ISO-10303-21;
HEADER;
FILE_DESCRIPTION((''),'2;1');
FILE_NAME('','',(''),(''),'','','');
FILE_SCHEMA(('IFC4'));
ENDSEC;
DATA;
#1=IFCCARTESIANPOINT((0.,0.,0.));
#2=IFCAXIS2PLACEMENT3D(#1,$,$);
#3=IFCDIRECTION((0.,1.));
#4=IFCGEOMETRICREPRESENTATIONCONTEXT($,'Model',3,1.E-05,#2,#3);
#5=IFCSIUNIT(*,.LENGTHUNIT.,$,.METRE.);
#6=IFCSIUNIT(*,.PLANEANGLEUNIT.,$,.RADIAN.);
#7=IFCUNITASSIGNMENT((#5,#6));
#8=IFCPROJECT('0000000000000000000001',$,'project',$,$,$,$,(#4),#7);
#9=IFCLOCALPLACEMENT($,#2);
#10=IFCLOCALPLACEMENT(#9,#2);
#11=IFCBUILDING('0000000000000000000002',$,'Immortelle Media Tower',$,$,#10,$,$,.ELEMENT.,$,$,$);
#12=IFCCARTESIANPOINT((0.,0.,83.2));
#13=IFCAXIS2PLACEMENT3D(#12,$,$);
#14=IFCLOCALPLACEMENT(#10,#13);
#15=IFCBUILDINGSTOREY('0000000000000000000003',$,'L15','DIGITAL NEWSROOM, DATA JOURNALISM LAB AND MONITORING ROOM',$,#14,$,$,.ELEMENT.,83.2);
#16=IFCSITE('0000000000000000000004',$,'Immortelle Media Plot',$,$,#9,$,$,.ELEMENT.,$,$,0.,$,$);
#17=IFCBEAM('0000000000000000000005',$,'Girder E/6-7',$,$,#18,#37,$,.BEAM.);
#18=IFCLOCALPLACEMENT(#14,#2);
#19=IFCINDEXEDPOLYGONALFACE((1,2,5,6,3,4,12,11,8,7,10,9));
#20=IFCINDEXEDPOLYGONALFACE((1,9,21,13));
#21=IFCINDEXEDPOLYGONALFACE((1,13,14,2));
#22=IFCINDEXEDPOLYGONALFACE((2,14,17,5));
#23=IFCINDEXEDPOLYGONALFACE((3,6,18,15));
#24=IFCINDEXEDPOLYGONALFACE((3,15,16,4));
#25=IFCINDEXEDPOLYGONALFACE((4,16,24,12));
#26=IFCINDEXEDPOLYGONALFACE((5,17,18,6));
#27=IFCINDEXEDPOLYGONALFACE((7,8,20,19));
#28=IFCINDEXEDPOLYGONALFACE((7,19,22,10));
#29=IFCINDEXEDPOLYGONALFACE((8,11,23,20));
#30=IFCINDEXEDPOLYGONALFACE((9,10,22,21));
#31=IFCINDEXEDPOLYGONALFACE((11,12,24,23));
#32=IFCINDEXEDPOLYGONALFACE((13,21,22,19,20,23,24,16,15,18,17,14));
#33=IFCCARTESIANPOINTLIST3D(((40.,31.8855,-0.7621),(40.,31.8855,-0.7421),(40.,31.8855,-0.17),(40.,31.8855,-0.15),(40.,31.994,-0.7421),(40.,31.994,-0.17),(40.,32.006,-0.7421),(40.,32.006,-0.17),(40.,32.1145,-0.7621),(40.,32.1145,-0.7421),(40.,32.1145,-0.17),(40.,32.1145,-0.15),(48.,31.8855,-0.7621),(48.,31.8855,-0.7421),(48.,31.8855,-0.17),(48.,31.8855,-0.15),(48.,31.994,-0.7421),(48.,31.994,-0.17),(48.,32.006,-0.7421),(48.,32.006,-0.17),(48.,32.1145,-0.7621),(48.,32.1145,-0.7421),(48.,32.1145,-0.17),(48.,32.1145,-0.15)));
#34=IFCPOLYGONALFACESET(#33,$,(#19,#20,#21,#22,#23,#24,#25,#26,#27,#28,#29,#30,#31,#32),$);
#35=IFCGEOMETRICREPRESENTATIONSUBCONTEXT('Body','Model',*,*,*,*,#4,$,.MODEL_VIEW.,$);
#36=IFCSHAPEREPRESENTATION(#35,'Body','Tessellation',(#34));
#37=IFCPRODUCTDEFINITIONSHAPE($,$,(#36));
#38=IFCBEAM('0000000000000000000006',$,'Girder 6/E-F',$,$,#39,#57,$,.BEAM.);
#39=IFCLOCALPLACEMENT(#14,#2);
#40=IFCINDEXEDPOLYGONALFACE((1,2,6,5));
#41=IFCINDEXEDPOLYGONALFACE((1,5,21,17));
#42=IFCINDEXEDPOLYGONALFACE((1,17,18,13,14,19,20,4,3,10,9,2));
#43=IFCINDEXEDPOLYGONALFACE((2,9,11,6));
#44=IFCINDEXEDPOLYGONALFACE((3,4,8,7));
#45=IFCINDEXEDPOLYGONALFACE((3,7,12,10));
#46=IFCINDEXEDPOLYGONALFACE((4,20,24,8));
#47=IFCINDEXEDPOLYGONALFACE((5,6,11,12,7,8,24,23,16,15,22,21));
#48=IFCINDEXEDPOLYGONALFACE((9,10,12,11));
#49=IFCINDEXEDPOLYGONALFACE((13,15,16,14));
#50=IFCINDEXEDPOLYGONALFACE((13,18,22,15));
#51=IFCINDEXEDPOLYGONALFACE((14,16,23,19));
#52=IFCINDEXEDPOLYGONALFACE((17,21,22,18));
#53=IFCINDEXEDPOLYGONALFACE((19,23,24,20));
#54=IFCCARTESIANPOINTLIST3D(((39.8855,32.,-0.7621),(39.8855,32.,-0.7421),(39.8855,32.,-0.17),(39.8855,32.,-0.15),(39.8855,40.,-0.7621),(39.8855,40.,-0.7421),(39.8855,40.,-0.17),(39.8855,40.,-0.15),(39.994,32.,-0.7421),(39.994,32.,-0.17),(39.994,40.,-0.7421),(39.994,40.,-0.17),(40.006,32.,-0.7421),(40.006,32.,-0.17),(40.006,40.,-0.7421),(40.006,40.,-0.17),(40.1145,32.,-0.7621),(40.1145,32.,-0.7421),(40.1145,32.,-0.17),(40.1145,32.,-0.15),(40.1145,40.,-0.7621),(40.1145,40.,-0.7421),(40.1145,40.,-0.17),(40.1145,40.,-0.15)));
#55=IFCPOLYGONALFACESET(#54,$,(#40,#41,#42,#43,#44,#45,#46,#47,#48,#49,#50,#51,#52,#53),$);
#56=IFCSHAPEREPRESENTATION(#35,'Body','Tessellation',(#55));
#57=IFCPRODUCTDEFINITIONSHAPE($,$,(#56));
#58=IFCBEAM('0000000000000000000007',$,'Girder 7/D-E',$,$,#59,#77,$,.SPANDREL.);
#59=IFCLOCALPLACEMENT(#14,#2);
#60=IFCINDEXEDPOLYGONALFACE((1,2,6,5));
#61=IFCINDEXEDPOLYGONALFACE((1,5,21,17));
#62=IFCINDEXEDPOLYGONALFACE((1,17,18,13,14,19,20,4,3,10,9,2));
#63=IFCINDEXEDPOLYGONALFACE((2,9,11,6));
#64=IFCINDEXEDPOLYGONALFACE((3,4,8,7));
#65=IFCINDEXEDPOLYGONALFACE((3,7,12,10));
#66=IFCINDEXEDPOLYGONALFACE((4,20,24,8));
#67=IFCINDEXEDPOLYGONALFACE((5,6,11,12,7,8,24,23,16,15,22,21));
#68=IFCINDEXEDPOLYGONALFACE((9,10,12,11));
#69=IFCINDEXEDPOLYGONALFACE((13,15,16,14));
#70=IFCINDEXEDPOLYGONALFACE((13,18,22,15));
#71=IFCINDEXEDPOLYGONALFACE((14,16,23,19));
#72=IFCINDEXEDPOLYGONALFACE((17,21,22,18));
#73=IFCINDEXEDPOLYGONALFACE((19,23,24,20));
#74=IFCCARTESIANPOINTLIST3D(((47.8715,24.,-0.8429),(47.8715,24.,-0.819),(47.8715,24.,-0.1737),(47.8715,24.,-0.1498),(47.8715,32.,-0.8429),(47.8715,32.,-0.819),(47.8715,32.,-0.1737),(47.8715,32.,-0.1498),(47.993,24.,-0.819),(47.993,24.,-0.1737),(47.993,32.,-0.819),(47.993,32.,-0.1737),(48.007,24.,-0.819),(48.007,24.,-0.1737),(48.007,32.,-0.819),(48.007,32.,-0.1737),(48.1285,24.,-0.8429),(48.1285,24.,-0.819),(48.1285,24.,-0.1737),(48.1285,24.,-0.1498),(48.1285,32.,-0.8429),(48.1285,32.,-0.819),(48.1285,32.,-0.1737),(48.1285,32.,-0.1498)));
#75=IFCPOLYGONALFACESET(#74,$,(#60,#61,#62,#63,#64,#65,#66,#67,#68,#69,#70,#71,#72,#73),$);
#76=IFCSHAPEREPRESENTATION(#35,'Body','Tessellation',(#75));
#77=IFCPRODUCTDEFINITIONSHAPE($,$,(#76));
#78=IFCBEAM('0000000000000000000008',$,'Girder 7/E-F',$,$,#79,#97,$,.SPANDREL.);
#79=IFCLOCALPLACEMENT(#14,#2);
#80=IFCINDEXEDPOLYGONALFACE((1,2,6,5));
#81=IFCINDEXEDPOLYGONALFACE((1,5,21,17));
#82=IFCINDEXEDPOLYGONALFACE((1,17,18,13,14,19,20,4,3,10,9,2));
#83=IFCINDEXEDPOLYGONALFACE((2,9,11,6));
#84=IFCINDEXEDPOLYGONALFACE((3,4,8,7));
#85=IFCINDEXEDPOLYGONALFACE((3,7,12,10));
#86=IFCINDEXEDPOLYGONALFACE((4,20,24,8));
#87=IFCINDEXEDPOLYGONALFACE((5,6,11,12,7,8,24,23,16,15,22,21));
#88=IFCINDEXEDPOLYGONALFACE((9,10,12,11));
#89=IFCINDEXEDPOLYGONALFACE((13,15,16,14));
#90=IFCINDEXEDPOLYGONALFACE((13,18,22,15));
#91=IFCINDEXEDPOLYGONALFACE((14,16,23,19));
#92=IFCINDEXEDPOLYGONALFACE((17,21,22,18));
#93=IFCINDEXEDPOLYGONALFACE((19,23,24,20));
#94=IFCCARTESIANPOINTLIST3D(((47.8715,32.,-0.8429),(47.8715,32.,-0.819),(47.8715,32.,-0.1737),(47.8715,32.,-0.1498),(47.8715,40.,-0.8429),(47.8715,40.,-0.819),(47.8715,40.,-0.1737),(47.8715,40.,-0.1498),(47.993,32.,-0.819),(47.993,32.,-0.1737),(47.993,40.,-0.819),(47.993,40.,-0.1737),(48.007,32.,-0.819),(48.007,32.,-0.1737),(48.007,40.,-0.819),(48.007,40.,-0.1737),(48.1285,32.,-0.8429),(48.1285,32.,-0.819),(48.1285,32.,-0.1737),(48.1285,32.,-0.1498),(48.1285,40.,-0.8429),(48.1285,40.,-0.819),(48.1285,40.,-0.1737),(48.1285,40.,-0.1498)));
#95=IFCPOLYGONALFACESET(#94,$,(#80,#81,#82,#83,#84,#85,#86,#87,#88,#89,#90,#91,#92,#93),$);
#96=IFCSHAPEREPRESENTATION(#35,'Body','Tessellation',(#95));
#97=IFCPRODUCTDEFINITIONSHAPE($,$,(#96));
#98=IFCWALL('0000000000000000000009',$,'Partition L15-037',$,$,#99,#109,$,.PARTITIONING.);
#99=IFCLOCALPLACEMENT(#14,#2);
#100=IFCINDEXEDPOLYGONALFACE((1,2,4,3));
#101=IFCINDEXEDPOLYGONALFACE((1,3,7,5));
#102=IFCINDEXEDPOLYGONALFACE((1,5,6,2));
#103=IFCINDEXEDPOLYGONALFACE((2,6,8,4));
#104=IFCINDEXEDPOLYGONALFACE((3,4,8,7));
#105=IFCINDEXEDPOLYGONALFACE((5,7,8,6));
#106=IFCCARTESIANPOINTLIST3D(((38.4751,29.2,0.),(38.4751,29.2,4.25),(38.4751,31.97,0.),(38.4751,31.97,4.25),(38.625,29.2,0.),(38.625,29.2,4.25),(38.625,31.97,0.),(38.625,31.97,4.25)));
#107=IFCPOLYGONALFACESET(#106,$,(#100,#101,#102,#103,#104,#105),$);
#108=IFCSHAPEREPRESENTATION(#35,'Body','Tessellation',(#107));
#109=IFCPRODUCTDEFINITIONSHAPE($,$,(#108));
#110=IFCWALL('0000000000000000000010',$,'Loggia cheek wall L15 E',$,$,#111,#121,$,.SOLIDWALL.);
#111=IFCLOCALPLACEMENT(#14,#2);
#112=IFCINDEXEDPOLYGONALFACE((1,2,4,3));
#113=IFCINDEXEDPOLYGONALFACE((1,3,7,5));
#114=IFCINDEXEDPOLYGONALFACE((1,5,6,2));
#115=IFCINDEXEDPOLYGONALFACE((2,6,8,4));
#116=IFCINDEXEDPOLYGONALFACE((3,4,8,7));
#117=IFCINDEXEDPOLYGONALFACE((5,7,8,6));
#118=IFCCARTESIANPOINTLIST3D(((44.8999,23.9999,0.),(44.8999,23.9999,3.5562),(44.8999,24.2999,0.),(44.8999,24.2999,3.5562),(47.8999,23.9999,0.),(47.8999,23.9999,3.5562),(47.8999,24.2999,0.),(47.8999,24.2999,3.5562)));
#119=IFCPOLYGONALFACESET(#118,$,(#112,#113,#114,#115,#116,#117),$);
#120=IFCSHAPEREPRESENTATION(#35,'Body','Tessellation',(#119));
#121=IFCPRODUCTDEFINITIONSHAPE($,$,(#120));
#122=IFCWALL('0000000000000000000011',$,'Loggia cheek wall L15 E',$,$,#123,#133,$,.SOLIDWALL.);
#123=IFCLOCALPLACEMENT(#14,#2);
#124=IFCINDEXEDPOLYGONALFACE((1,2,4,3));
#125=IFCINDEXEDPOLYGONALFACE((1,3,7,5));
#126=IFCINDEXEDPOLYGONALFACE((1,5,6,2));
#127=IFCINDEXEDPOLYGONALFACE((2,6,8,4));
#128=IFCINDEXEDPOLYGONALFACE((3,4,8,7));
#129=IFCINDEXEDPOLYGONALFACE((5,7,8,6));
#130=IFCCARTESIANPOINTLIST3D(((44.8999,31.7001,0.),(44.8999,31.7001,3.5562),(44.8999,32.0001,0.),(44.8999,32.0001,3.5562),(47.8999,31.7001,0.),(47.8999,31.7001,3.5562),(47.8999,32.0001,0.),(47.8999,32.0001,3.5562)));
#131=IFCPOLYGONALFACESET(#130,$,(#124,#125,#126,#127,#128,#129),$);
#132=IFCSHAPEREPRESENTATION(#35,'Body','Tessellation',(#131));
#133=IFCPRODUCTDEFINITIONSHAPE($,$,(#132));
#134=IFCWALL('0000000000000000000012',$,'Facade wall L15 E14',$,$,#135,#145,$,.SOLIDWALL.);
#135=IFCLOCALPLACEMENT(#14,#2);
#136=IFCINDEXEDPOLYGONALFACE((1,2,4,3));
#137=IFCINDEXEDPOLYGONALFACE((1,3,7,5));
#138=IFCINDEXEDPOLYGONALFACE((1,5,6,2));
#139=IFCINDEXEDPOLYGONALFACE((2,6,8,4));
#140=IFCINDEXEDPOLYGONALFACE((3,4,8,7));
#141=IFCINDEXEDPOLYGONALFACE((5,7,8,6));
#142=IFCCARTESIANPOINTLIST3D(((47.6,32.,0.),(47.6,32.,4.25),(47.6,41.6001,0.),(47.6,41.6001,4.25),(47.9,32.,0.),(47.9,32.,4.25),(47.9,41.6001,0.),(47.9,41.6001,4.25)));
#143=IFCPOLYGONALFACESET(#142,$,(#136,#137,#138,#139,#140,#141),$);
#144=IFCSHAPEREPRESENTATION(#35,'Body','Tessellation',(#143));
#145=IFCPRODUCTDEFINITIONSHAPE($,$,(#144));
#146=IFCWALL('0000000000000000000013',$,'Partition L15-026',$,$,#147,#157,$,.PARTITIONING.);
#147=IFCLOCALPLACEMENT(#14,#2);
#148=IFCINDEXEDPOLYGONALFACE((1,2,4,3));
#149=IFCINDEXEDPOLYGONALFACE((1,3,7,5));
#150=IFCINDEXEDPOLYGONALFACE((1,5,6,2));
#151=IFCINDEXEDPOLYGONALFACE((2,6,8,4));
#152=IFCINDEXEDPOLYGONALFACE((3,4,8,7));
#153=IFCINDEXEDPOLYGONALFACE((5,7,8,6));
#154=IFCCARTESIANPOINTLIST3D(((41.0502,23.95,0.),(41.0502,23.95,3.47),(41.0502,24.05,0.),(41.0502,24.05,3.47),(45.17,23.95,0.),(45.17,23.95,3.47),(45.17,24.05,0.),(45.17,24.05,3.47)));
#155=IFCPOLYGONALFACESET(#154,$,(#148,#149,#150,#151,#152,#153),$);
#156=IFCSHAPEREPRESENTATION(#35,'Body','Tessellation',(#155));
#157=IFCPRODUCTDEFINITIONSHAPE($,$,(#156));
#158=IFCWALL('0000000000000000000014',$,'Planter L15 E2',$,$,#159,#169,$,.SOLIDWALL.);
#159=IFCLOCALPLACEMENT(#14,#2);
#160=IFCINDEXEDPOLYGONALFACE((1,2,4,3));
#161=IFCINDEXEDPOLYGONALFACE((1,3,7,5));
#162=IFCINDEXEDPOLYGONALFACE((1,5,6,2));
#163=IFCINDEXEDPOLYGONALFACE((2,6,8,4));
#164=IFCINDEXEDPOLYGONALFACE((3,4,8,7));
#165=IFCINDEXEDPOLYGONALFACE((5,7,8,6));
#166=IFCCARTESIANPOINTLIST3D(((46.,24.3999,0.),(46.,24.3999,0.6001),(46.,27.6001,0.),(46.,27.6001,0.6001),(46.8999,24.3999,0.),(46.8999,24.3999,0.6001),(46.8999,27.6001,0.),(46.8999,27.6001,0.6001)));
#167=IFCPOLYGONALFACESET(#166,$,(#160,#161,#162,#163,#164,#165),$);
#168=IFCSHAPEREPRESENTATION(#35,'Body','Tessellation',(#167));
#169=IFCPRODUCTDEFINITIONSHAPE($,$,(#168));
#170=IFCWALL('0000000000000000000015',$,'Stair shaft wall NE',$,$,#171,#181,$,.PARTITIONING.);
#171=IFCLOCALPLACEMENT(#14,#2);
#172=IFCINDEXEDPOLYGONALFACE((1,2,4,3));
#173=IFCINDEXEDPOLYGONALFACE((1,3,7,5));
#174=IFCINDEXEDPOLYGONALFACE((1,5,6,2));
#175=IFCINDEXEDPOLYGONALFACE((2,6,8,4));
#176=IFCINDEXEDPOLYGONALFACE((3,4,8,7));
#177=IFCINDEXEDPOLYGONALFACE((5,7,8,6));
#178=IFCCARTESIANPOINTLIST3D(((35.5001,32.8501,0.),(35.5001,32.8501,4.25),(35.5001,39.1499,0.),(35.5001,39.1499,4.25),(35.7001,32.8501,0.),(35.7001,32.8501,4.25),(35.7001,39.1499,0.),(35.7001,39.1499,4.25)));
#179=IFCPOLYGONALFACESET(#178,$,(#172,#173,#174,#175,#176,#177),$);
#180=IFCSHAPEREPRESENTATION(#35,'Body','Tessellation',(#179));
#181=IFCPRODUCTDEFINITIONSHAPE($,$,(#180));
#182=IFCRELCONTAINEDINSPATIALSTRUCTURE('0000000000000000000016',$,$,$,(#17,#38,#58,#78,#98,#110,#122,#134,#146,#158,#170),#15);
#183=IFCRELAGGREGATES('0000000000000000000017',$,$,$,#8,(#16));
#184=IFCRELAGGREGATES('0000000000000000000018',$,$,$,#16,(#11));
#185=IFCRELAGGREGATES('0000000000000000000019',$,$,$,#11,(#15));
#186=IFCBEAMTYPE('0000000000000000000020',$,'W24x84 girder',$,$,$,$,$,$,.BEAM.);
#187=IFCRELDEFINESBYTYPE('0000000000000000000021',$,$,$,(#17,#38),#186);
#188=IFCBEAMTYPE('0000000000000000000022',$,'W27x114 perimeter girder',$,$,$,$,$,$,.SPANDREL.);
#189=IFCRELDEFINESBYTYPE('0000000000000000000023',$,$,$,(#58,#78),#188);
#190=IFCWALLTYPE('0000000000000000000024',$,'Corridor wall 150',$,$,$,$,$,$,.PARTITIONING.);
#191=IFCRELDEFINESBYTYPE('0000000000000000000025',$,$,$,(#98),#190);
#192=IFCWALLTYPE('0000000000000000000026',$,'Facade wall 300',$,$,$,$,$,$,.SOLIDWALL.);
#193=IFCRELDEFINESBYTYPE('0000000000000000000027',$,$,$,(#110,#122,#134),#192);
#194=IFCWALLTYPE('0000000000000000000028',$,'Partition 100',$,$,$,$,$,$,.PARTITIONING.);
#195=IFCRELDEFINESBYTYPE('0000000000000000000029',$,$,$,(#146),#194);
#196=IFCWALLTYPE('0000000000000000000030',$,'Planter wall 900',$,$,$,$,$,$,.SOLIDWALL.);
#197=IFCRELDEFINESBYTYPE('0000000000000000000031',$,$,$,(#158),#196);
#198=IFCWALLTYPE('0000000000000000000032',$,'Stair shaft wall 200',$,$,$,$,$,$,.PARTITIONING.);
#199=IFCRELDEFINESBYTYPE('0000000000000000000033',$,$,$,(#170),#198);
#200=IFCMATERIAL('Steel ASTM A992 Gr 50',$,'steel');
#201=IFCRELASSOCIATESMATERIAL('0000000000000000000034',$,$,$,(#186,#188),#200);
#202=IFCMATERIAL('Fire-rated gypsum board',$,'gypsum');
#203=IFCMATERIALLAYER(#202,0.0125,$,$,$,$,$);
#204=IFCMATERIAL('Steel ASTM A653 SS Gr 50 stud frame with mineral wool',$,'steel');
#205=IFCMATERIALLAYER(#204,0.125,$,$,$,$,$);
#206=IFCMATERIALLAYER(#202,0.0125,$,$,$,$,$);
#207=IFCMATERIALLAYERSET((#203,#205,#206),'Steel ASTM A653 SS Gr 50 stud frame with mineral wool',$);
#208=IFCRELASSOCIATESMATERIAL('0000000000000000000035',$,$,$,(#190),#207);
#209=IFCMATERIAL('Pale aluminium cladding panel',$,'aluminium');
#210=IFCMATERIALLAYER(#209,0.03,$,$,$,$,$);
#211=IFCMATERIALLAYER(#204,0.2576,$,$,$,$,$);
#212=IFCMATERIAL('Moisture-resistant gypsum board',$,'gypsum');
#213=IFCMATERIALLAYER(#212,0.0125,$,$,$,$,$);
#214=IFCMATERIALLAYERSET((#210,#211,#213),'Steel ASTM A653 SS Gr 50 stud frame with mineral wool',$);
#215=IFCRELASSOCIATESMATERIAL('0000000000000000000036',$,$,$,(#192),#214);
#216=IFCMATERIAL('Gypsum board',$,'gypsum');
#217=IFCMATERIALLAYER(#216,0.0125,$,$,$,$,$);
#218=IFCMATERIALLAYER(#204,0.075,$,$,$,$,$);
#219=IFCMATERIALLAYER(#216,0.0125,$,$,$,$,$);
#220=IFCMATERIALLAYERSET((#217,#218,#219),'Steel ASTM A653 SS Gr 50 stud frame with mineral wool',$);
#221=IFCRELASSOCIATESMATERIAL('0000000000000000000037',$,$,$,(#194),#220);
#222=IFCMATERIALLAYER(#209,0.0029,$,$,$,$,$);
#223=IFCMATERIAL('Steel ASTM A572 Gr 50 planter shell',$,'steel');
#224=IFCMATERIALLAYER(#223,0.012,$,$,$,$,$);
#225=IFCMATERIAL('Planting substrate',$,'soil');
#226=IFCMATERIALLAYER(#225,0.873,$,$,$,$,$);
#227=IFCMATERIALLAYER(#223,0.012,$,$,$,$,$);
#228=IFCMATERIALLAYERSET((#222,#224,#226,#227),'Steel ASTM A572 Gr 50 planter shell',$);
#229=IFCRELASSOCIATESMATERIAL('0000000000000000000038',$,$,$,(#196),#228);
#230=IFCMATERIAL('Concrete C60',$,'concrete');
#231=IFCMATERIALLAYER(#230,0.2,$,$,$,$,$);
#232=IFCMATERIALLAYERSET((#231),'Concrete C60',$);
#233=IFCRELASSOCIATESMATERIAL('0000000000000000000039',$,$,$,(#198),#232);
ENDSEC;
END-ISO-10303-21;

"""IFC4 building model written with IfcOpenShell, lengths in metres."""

from ifc_helpers import new_model, si_unit, direction, frame, frame_2d, origin, origin_2d, place, context, subcontext, project, spatial, rectangle, i_section, extrude, material, layer, layer_set, material_profile, profile_set, type_object, element, save


model = new_model("IFC4")

# Units and contexts
model_context = context("Model", 3, precision=1e-05, world=origin(), true_north=direction((0.0, 1.0)))
body_context = subcontext(model_context, "Body", "Model", "MODEL_VIEW")
ifc_project = project(units=[si_unit("LENGTHUNIT", "METRE"), si_unit("PLANEANGLEUNIT", "RADIAN")], contexts=[model_context])

# Site, building, storey
site_placement = place(None, origin())
site = spatial("IfcSite", under=ifc_project, at=site_placement, Name="Immortelle Media Plot", CompositionType="ELEMENT", RefElevation=0.0)
building_placement = place(site_placement, origin())
building = spatial("IfcBuilding", under=site, at=building_placement, Name="Immortelle Media Tower", CompositionType="ELEMENT")
storey_placement = place(building_placement, frame((0.0, 0.0, 83.2)))
storey = spatial("IfcBuildingStorey", under=building, at=storey_placement, Name="L15", Description="DIGITAL NEWSROOM, DATA JOURNALISM LAB AND MONITORING ROOM", CompositionType="ELEMENT", Elevation=83.2)

# Shared definitions
ifc_material_1 = material(Name="Steel ASTM A992 Gr 50", Category="steel")

# Beams
ifc_material_profile_1 = material_profile(ifc_material_1, i_section(OverallWidth=0.229, OverallDepth=0.6121, WebThickness=0.012, FlangeThickness=0.02, at=origin_2d()), Name="W24x84")
ifc_profile_set_1 = profile_set([ifc_material_profile_1], Name="Steel ASTM A992 Gr 50")
beam_type_1 = type_object("IfcBeamType", Name="W24x84 girder", PredefinedType="BEAM", material=ifc_profile_set_1)
for number, where, z_axis, x_axis, name in (
    (1, (40.0, 32.0, -0.4561), (1.0, 0.0, 0.0), (0.0, 1.0, 0.0), "Girder E/6-7"),
    (2, (40.0, 32.0, -0.4561), (0.0, 1.0, 0.0), (-1.0, 0.0, 0.0), "Girder 6/E-F"),
):
    element("IfcBeam", number, at=place(storey_placement, frame(where, z_axis=z_axis, x_axis=x_axis)), inside=storey, type_object=beam_type_1, Name=name, PredefinedType="BEAM", context=body_context, shape_type="SweptSolid", body=[
        extrude(i_section(OverallWidth=0.229, OverallDepth=0.6121, WebThickness=0.012, FlangeThickness=0.02, at=origin_2d()), origin(), (0.0, 0.0, 1.0), 8.0),
    ])
ifc_material_profile_2 = material_profile(ifc_material_1, i_section(OverallWidth=0.2571, OverallDepth=0.6931, WebThickness=0.0139, FlangeThickness=0.0239, at=origin_2d()), Name="W27x114")
ifc_profile_set_2 = profile_set([ifc_material_profile_2], Name="Steel ASTM A992 Gr 50")
beam_type_2 = type_object("IfcBeamType", Name="W27x114 perimeter girder", PredefinedType="SPANDREL", material=ifc_profile_set_2)
for number, where, z_axis, x_axis, name in (
    (3, (48.0, 24.0, -0.4963), (0.0, 1.0, 0.0), (-1.0, 0.0, 0.0), "Girder 7/D-E"),
    (4, (48.0, 32.0, -0.4963), (0.0, 1.0, 0.0), (-1.0, 0.0, 0.0), "Girder 7/E-F"),
):
    element("IfcBeam", number, at=place(storey_placement, frame(where, z_axis=z_axis, x_axis=x_axis)), inside=storey, type_object=beam_type_2, Name=name, PredefinedType="SPANDREL", context=body_context, shape_type="SweptSolid", body=[
        extrude(i_section(OverallWidth=0.2571, OverallDepth=0.6931, WebThickness=0.0139, FlangeThickness=0.0239, at=origin_2d()), origin(), (0.0, 0.0, 1.0), 8.0),
    ])

# Wall
ifc_material_2 = material(Name="Fire-rated gypsum board", Category="gypsum")
ifc_layer_1 = layer(ifc_material_2, 0.0125)
ifc_material_3 = material(Name="Steel ASTM A653 SS Gr 50 stud frame with mineral wool", Category="steel")
ifc_layer_2 = layer(ifc_material_3, 0.125)
ifc_layer_3 = layer(ifc_material_2, 0.0125)
ifc_layer_set_1 = layer_set([ifc_layer_1, ifc_layer_2, ifc_layer_3], Name="Steel ASTM A653 SS Gr 50 stud frame with mineral wool")
wall_type_1 = type_object("IfcWallType", Name="Corridor wall 150", PredefinedType="PARTITIONING", material=ifc_layer_set_1)
wall_1_placement = place(storey_placement, frame((38.55, 29.2, 0.0), z_axis=(0.0, 0.0, 1.0), x_axis=(0.0, 1.0, 0.0)))
element("IfcWall", 5, at=wall_1_placement, inside=storey, type_object=wall_type_1, Name="Partition L15-037", PredefinedType="PARTITIONING", context=body_context, shape_type="SweptSolid", body=[
    extrude(rectangle(XDim=2.77, YDim=0.1499, at=frame_2d((1.385, 0.0))), origin(), (0.0, 0.0, 1.0), 4.25),
])

# Shared definitions
ifc_material_4 = material(Name="Pale aluminium cladding panel", Category="aluminium")
ifc_layer_4 = layer(ifc_material_4, 0.03)
ifc_layer_5 = layer(ifc_material_3, 0.2576)
ifc_material_5 = material(Name="Moisture-resistant gypsum board", Category="gypsum")
ifc_layer_6 = layer(ifc_material_5, 0.0125)
ifc_layer_set_2 = layer_set([ifc_layer_4, ifc_layer_5, ifc_layer_6], Name="Steel ASTM A653 SS Gr 50 stud frame with mineral wool")
wall_type_2 = type_object("IfcWallType", Name="Facade wall 300", PredefinedType="SOLIDWALL", material=ifc_layer_set_2)

# Walls
for number, where, z_axis, x_axis, name in (
    (6, (47.8999, 24.1499, 0.0), (0.0, 0.0, 1.0), (-1.0, 0.0, 0.0), "Loggia cheek wall L15 E"),
    (7, (47.8999, 31.8501, 0.0), (0.0, 0.0, 1.0), (-1.0, 0.0, 0.0), "Loggia cheek wall L15 E"),
):
    element("IfcWall", number, at=place(storey_placement, frame(where, z_axis=z_axis, x_axis=x_axis)), inside=storey, type_object=wall_type_2, Name=name, PredefinedType="SOLIDWALL", context=body_context, shape_type="SweptSolid", body=[
        extrude(rectangle(XDim=3.0, YDim=0.3, at=frame_2d((1.5, 0.0))), origin(), (0.0, 0.0, 1.0), 3.5562),
    ])
wall_2_placement = place(storey_placement, frame((47.75, 32.0, 0.0), z_axis=(0.0, 0.0, 1.0), x_axis=(0.0, 1.0, 0.0)))
element("IfcWall", 8, at=wall_2_placement, inside=storey, type_object=wall_type_2, Name="Facade wall L15 E14", PredefinedType="SOLIDWALL", context=body_context, shape_type="SweptSolid", body=[
    extrude(rectangle(XDim=9.6001, YDim=0.3, at=frame_2d((4.8, 0.0))), origin(), (0.0, 0.0, 1.0), 4.25),
])
ifc_material_6 = material(Name="Gypsum board", Category="gypsum")
ifc_layer_7 = layer(ifc_material_6, 0.0125)
ifc_layer_8 = layer(ifc_material_3, 0.075)
ifc_layer_9 = layer(ifc_material_6, 0.0125)
ifc_layer_set_3 = layer_set([ifc_layer_7, ifc_layer_8, ifc_layer_9], Name="Steel ASTM A653 SS Gr 50 stud frame with mineral wool")
wall_type_3 = type_object("IfcWallType", Name="Partition 100", PredefinedType="PARTITIONING", material=ifc_layer_set_3)
wall_3_placement = place(storey_placement, frame((41.05, 24.0, 0.0), z_axis=(0.0, 0.0, 1.0), x_axis=(1.0, 0.0, 0.0)))
element("IfcWall", 9, at=wall_3_placement, inside=storey, type_object=wall_type_3, Name="Partition L15-026", PredefinedType="PARTITIONING", context=body_context, shape_type="SweptSolid", body=[
    extrude(rectangle(XDim=4.1199, YDim=0.1001, at=frame_2d((2.0601, 0.0))), origin(), (0.0, 0.0, 1.0), 3.47),
])
ifc_layer_10 = layer(ifc_material_4, 0.0029)
ifc_material_7 = material(Name="Steel ASTM A572 Gr 50 planter shell", Category="steel")
ifc_layer_11 = layer(ifc_material_7, 0.012)
ifc_material_8 = material(Name="Planting substrate", Category="soil")
ifc_layer_12 = layer(ifc_material_8, 0.873)
ifc_layer_13 = layer(ifc_material_7, 0.012)
ifc_layer_set_4 = layer_set([ifc_layer_10, ifc_layer_11, ifc_layer_12, ifc_layer_13], Name="Steel ASTM A572 Gr 50 planter shell")
wall_type_4 = type_object("IfcWallType", Name="Planter wall 900", PredefinedType="SOLIDWALL", material=ifc_layer_set_4)
wall_4_placement = place(storey_placement, frame((46.45, 24.3999, 0.0), z_axis=(0.0, 0.0, 1.0), x_axis=(0.0, 1.0, 0.0)))
element("IfcWall", 10, at=wall_4_placement, inside=storey, type_object=wall_type_4, Name="Planter L15 E2", PredefinedType="SOLIDWALL", context=body_context, shape_type="SweptSolid", body=[
    extrude(rectangle(XDim=3.2002, YDim=0.8999, at=frame_2d((1.6001, 0.0))), origin(), (0.0, 0.0, 1.0), 0.6001),
])
ifc_material_9 = material(Name="Concrete C60", Category="concrete")
ifc_layer_14 = layer(ifc_material_9, 0.2)
ifc_layer_set_5 = layer_set([ifc_layer_14], Name="Concrete C60")
wall_type_5 = type_object("IfcWallType", Name="Stair shaft wall 200", PredefinedType="PARTITIONING", material=ifc_layer_set_5)
for number, where, z_axis, x_axis, name in (
    (11, (35.6001, 32.8501, 0.0), (0.0, 0.0, 1.0), (0.0, 1.0, 0.0), "Stair shaft wall NE"),
):
    element("IfcWall", number, at=place(storey_placement, frame(where, z_axis=z_axis, x_axis=x_axis)), inside=storey, type_object=wall_type_5, Name=name, PredefinedType="PARTITIONING", context=body_context, shape_type="SweptSolid", body=[
        extrude(rectangle(XDim=6.2998, YDim=0.2, at=frame_2d((3.1499, 0.0))), origin(), (0.0, 0.0, 1.0), 4.25),
    ])

save(model, "model.ifc")
